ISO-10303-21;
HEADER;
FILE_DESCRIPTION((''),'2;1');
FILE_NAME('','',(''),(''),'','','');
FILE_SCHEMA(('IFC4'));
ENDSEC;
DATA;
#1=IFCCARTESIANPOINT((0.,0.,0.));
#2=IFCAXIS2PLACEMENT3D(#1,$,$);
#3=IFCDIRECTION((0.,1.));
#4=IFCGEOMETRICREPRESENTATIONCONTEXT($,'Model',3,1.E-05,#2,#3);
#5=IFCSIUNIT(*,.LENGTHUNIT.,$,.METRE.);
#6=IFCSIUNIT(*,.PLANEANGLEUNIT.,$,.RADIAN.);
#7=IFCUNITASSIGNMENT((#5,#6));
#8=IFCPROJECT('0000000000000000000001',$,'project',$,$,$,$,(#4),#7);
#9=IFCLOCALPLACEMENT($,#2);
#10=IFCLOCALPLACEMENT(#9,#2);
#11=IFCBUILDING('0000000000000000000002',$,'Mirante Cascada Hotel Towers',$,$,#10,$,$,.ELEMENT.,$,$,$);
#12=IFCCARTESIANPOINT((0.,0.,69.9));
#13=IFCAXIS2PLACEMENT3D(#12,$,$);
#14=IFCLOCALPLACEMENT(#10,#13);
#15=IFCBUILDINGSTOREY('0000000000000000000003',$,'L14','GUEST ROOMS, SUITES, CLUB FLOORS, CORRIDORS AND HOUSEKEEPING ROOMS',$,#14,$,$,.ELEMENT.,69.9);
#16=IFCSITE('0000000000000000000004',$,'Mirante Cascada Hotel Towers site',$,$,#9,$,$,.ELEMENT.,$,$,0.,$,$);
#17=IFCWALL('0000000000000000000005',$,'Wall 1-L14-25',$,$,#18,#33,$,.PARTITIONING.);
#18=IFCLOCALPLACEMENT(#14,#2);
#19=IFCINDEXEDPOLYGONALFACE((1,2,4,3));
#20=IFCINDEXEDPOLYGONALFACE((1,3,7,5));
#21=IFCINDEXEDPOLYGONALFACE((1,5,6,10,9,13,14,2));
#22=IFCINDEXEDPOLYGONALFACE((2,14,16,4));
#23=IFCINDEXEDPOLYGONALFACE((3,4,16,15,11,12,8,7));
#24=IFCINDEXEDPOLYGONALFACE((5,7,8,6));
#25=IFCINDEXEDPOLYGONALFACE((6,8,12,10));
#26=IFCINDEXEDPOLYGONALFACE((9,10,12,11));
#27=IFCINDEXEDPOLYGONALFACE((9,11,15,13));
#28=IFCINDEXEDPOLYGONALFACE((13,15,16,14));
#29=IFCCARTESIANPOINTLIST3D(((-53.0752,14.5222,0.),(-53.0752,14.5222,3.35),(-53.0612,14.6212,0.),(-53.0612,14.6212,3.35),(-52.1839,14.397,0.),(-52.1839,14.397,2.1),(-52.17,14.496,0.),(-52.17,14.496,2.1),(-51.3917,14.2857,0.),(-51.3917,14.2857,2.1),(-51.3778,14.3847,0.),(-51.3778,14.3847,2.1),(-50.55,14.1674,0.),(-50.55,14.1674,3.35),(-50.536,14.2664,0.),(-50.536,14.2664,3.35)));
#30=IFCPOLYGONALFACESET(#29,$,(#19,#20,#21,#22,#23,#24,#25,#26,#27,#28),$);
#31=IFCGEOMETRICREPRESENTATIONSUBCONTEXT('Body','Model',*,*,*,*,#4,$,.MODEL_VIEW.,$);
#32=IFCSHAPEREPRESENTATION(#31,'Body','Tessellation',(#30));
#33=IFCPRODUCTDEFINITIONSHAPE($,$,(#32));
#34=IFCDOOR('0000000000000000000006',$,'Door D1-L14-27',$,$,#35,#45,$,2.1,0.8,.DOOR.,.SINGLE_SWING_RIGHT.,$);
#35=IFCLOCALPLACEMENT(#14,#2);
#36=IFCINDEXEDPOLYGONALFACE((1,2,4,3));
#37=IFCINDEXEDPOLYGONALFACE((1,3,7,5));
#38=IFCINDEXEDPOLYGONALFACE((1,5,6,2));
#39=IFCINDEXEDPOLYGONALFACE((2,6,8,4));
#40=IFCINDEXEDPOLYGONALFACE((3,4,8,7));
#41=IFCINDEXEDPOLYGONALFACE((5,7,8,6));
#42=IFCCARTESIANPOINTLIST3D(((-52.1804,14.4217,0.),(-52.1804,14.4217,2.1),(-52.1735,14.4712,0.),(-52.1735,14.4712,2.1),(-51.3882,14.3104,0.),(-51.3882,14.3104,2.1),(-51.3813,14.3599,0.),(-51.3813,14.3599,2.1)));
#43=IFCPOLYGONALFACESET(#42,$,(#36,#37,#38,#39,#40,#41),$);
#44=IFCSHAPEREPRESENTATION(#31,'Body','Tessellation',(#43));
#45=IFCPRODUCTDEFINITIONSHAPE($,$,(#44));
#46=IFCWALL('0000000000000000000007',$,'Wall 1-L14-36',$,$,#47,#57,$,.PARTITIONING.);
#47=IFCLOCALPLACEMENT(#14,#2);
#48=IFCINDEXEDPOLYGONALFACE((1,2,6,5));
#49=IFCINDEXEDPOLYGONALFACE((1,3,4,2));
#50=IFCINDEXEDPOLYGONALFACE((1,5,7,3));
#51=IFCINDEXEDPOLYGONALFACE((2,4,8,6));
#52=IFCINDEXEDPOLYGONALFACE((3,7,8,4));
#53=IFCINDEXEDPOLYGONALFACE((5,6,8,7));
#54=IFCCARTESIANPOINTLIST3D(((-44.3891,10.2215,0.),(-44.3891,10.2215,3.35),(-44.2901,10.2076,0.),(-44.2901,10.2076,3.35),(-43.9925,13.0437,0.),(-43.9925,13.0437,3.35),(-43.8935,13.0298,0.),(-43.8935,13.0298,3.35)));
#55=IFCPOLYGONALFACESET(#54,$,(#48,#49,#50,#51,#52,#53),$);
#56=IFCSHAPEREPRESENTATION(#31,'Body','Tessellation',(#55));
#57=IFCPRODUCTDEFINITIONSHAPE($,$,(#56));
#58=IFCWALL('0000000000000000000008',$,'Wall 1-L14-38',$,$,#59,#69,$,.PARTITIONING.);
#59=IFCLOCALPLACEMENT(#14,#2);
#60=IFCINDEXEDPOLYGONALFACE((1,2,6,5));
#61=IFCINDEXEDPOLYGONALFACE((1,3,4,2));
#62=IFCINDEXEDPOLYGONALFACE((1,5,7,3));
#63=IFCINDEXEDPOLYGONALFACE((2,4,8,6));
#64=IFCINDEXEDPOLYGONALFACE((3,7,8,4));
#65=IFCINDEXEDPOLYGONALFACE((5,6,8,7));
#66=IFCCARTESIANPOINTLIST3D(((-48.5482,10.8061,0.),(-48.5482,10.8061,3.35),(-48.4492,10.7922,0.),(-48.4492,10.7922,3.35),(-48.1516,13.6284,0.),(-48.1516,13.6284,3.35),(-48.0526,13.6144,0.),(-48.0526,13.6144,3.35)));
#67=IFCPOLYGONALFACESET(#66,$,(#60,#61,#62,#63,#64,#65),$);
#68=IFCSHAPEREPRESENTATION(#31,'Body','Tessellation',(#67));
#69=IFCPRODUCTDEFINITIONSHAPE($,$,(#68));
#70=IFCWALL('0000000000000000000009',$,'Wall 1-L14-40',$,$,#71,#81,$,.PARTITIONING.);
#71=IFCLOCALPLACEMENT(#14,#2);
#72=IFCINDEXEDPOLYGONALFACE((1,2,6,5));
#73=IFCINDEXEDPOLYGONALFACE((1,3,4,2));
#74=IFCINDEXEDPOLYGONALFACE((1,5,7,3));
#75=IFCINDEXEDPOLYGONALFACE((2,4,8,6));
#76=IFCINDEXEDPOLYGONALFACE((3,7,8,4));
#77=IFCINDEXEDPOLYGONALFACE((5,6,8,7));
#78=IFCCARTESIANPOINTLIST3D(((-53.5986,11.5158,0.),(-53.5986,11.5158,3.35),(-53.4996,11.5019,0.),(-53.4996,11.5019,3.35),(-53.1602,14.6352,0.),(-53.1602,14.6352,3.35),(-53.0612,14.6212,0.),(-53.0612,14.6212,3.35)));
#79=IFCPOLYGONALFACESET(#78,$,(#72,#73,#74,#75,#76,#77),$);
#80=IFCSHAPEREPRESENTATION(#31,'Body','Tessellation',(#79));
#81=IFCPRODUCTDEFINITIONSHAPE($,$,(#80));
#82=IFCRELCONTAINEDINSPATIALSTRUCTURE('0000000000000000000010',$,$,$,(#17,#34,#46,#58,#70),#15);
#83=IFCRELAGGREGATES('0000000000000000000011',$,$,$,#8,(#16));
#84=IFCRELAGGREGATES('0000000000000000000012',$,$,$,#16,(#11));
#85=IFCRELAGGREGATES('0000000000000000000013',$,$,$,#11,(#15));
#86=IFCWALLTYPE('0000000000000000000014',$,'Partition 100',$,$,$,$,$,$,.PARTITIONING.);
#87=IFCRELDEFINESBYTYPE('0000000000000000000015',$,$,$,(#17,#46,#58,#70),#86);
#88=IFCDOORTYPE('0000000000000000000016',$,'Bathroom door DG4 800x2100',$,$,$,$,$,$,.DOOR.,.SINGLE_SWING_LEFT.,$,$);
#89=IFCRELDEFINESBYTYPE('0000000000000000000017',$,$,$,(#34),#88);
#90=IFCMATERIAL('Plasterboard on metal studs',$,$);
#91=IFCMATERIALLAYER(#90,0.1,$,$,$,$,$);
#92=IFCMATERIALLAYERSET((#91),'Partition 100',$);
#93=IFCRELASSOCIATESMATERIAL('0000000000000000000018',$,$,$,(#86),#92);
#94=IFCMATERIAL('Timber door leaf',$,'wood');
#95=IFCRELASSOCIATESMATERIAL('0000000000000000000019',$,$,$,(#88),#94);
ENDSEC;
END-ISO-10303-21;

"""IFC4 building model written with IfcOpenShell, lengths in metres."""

from ifc_helpers import new_model, si_unit, direction, frame, frame_2d, origin, place, context, subcontext, project, spatial, rectangle, extrude, material, layer, layer_set, type_object, element, fill, save


model = new_model("IFC4")

# Units and contexts
model_context = context("Model", 3, precision=1e-05, world=origin(), true_north=direction((0.0, 1.0)))
body_context = subcontext(model_context, "Body", "Model", "MODEL_VIEW")
ifc_project = project(units=[si_unit("LENGTHUNIT", "METRE"), si_unit("PLANEANGLEUNIT", "RADIAN")], contexts=[model_context])

# Site, building, storey
site_placement = place(None, origin())
site = spatial("IfcSite", under=ifc_project, at=site_placement, Name="Mirante Cascada Hotel Towers site", CompositionType="ELEMENT", RefElevation=0.0)
building_placement = place(site_placement, origin())
building = spatial("IfcBuilding", under=site, at=building_placement, Name="Mirante Cascada Hotel Towers", CompositionType="ELEMENT")
storey_placement = place(building_placement, frame((0.0, 0.0, 69.9)))
storey = spatial("IfcBuildingStorey", under=building, at=storey_placement, Name="L14", Description="GUEST ROOMS, SUITES, CLUB FLOORS, CORRIDORS AND HOUSEKEEPING ROOMS", CompositionType="ELEMENT", Elevation=69.9)

# Wall, opening, door
ifc_material_1 = material(Name="Plasterboard on metal studs")
ifc_layer_1 = layer(ifc_material_1, 0.1)
ifc_layer_set_1 = layer_set([ifc_layer_1], Name="Partition 100")
wall_type = type_object("IfcWallType", Name="Partition 100", PredefinedType="PARTITIONING", material=ifc_layer_set_1)
ifc_material_2 = material(Name="Timber door leaf", Category="wood")
door_type = type_object("IfcDoorType", Name="Bathroom door DG4 800x2100", OperationType="SINGLE_SWING_LEFT", PredefinedType="DOOR", material=ifc_material_2)
wall_1_placement = place(storey_placement, frame((-50.543, 14.2169, 0.0), z_axis=(0.0, 0.0, 1.0), x_axis=(-0.990273, 0.139137, 0.0)))
wall_1 = element("IfcWall", 1, at=wall_1_placement, inside=storey, type_object=wall_type, Name="Wall 1-L14-25", PredefinedType="PARTITIONING", context=body_context, shape_type="SweptSolid", body=[
    extrude(rectangle(XDim=2.55, YDim=0.1, at=frame_2d((1.275, 0.0))), origin(), (0.0, 0.0, 1.0), 3.35),
])
opening_1_placement = place(wall_1_placement, frame((0.85, 0.0, 0.0)))
opening_1 = element("IfcOpeningElement", 2, at=opening_1_placement, cuts=wall_1, PredefinedType="OPENING", context=body_context, shape_type="SweptSolid", body=[
    extrude(rectangle(XDim=0.8, YDim=2.1, at=frame_2d((0.4, 1.05))), frame((0.0, 0.05, 0.0), z_axis=(0.0, -1.0, 0.0), x_axis=(1.0, 0.0, 0.0)), (0.0, 0.0, 1.0), 0.1),
])
door_1_placement = place(opening_1_placement, frame((0.8, 0.0, 0.0), z_axis=(0.0, 0.0, 1.0), x_axis=(-1.0, 0.0, 0.0)))
door_1 = element("IfcDoor", 3, at=door_1_placement, inside=storey, type_object=door_type, Name="Door D1-L14-27", OperationType="SINGLE_SWING_RIGHT", OverallHeight=2.1, OverallWidth=0.8, PredefinedType="DOOR", context=body_context, shape_type="SweptSolid", body=[
    extrude(rectangle(XDim=0.8, YDim=2.1, at=frame_2d((0.4, 1.05))), frame((0.0, 0.025, 0.0), z_axis=(0.0, -1.0, 0.0), x_axis=(1.0, 0.0, 0.0)), (0.0, 0.0, 1.0), 0.05),
])
fill(opening_1, door_1)

# Walls
wall_2_placement = place(storey_placement, frame((-43.943, 13.0368, 0.0), z_axis=(0.0, 0.0, 1.0), x_axis=(-0.139161, -0.99027, 0.0)))
element("IfcWall", 4, at=wall_2_placement, inside=storey, type_object=wall_type, Name="Wall 1-L14-36", PredefinedType="PARTITIONING", context=body_context, shape_type="SweptSolid", body=[
    extrude(rectangle(XDim=2.8499, YDim=0.1, at=frame_2d((1.425, 0.0))), origin(), (0.0, 0.0, 1.0), 3.35),
])
wall_3_placement = place(storey_placement, frame((-48.1021, 13.6214, 0.0), z_axis=(0.0, 0.0, 1.0), x_axis=(-0.139156, -0.99027, 0.0)))
element("IfcWall", 5, at=wall_3_placement, inside=storey, type_object=wall_type, Name="Wall 1-L14-38", PredefinedType="PARTITIONING", context=body_context, shape_type="SweptSolid", body=[
    extrude(rectangle(XDim=2.85, YDim=0.1, at=frame_2d((1.425, 0.0))), origin(), (0.0, 0.0, 1.0), 3.35),
])
wall_4_placement = place(storey_placement, frame((-53.1107, 14.6282, 0.0), z_axis=(0.0, 0.0, 1.0), x_axis=(-0.139177, -0.990268, 0.0)))
element("IfcWall", 6, at=wall_4_placement, inside=storey, type_object=wall_type, Name="Wall 1-L14-40", PredefinedType="PARTITIONING", context=body_context, shape_type="SweptSolid", body=[
    extrude(rectangle(XDim=3.15, YDim=0.1, at=frame_2d((1.575, 0.0))), origin(), (0.0, 0.0, 1.0), 3.35),
])

save(model, "model.ifc")
